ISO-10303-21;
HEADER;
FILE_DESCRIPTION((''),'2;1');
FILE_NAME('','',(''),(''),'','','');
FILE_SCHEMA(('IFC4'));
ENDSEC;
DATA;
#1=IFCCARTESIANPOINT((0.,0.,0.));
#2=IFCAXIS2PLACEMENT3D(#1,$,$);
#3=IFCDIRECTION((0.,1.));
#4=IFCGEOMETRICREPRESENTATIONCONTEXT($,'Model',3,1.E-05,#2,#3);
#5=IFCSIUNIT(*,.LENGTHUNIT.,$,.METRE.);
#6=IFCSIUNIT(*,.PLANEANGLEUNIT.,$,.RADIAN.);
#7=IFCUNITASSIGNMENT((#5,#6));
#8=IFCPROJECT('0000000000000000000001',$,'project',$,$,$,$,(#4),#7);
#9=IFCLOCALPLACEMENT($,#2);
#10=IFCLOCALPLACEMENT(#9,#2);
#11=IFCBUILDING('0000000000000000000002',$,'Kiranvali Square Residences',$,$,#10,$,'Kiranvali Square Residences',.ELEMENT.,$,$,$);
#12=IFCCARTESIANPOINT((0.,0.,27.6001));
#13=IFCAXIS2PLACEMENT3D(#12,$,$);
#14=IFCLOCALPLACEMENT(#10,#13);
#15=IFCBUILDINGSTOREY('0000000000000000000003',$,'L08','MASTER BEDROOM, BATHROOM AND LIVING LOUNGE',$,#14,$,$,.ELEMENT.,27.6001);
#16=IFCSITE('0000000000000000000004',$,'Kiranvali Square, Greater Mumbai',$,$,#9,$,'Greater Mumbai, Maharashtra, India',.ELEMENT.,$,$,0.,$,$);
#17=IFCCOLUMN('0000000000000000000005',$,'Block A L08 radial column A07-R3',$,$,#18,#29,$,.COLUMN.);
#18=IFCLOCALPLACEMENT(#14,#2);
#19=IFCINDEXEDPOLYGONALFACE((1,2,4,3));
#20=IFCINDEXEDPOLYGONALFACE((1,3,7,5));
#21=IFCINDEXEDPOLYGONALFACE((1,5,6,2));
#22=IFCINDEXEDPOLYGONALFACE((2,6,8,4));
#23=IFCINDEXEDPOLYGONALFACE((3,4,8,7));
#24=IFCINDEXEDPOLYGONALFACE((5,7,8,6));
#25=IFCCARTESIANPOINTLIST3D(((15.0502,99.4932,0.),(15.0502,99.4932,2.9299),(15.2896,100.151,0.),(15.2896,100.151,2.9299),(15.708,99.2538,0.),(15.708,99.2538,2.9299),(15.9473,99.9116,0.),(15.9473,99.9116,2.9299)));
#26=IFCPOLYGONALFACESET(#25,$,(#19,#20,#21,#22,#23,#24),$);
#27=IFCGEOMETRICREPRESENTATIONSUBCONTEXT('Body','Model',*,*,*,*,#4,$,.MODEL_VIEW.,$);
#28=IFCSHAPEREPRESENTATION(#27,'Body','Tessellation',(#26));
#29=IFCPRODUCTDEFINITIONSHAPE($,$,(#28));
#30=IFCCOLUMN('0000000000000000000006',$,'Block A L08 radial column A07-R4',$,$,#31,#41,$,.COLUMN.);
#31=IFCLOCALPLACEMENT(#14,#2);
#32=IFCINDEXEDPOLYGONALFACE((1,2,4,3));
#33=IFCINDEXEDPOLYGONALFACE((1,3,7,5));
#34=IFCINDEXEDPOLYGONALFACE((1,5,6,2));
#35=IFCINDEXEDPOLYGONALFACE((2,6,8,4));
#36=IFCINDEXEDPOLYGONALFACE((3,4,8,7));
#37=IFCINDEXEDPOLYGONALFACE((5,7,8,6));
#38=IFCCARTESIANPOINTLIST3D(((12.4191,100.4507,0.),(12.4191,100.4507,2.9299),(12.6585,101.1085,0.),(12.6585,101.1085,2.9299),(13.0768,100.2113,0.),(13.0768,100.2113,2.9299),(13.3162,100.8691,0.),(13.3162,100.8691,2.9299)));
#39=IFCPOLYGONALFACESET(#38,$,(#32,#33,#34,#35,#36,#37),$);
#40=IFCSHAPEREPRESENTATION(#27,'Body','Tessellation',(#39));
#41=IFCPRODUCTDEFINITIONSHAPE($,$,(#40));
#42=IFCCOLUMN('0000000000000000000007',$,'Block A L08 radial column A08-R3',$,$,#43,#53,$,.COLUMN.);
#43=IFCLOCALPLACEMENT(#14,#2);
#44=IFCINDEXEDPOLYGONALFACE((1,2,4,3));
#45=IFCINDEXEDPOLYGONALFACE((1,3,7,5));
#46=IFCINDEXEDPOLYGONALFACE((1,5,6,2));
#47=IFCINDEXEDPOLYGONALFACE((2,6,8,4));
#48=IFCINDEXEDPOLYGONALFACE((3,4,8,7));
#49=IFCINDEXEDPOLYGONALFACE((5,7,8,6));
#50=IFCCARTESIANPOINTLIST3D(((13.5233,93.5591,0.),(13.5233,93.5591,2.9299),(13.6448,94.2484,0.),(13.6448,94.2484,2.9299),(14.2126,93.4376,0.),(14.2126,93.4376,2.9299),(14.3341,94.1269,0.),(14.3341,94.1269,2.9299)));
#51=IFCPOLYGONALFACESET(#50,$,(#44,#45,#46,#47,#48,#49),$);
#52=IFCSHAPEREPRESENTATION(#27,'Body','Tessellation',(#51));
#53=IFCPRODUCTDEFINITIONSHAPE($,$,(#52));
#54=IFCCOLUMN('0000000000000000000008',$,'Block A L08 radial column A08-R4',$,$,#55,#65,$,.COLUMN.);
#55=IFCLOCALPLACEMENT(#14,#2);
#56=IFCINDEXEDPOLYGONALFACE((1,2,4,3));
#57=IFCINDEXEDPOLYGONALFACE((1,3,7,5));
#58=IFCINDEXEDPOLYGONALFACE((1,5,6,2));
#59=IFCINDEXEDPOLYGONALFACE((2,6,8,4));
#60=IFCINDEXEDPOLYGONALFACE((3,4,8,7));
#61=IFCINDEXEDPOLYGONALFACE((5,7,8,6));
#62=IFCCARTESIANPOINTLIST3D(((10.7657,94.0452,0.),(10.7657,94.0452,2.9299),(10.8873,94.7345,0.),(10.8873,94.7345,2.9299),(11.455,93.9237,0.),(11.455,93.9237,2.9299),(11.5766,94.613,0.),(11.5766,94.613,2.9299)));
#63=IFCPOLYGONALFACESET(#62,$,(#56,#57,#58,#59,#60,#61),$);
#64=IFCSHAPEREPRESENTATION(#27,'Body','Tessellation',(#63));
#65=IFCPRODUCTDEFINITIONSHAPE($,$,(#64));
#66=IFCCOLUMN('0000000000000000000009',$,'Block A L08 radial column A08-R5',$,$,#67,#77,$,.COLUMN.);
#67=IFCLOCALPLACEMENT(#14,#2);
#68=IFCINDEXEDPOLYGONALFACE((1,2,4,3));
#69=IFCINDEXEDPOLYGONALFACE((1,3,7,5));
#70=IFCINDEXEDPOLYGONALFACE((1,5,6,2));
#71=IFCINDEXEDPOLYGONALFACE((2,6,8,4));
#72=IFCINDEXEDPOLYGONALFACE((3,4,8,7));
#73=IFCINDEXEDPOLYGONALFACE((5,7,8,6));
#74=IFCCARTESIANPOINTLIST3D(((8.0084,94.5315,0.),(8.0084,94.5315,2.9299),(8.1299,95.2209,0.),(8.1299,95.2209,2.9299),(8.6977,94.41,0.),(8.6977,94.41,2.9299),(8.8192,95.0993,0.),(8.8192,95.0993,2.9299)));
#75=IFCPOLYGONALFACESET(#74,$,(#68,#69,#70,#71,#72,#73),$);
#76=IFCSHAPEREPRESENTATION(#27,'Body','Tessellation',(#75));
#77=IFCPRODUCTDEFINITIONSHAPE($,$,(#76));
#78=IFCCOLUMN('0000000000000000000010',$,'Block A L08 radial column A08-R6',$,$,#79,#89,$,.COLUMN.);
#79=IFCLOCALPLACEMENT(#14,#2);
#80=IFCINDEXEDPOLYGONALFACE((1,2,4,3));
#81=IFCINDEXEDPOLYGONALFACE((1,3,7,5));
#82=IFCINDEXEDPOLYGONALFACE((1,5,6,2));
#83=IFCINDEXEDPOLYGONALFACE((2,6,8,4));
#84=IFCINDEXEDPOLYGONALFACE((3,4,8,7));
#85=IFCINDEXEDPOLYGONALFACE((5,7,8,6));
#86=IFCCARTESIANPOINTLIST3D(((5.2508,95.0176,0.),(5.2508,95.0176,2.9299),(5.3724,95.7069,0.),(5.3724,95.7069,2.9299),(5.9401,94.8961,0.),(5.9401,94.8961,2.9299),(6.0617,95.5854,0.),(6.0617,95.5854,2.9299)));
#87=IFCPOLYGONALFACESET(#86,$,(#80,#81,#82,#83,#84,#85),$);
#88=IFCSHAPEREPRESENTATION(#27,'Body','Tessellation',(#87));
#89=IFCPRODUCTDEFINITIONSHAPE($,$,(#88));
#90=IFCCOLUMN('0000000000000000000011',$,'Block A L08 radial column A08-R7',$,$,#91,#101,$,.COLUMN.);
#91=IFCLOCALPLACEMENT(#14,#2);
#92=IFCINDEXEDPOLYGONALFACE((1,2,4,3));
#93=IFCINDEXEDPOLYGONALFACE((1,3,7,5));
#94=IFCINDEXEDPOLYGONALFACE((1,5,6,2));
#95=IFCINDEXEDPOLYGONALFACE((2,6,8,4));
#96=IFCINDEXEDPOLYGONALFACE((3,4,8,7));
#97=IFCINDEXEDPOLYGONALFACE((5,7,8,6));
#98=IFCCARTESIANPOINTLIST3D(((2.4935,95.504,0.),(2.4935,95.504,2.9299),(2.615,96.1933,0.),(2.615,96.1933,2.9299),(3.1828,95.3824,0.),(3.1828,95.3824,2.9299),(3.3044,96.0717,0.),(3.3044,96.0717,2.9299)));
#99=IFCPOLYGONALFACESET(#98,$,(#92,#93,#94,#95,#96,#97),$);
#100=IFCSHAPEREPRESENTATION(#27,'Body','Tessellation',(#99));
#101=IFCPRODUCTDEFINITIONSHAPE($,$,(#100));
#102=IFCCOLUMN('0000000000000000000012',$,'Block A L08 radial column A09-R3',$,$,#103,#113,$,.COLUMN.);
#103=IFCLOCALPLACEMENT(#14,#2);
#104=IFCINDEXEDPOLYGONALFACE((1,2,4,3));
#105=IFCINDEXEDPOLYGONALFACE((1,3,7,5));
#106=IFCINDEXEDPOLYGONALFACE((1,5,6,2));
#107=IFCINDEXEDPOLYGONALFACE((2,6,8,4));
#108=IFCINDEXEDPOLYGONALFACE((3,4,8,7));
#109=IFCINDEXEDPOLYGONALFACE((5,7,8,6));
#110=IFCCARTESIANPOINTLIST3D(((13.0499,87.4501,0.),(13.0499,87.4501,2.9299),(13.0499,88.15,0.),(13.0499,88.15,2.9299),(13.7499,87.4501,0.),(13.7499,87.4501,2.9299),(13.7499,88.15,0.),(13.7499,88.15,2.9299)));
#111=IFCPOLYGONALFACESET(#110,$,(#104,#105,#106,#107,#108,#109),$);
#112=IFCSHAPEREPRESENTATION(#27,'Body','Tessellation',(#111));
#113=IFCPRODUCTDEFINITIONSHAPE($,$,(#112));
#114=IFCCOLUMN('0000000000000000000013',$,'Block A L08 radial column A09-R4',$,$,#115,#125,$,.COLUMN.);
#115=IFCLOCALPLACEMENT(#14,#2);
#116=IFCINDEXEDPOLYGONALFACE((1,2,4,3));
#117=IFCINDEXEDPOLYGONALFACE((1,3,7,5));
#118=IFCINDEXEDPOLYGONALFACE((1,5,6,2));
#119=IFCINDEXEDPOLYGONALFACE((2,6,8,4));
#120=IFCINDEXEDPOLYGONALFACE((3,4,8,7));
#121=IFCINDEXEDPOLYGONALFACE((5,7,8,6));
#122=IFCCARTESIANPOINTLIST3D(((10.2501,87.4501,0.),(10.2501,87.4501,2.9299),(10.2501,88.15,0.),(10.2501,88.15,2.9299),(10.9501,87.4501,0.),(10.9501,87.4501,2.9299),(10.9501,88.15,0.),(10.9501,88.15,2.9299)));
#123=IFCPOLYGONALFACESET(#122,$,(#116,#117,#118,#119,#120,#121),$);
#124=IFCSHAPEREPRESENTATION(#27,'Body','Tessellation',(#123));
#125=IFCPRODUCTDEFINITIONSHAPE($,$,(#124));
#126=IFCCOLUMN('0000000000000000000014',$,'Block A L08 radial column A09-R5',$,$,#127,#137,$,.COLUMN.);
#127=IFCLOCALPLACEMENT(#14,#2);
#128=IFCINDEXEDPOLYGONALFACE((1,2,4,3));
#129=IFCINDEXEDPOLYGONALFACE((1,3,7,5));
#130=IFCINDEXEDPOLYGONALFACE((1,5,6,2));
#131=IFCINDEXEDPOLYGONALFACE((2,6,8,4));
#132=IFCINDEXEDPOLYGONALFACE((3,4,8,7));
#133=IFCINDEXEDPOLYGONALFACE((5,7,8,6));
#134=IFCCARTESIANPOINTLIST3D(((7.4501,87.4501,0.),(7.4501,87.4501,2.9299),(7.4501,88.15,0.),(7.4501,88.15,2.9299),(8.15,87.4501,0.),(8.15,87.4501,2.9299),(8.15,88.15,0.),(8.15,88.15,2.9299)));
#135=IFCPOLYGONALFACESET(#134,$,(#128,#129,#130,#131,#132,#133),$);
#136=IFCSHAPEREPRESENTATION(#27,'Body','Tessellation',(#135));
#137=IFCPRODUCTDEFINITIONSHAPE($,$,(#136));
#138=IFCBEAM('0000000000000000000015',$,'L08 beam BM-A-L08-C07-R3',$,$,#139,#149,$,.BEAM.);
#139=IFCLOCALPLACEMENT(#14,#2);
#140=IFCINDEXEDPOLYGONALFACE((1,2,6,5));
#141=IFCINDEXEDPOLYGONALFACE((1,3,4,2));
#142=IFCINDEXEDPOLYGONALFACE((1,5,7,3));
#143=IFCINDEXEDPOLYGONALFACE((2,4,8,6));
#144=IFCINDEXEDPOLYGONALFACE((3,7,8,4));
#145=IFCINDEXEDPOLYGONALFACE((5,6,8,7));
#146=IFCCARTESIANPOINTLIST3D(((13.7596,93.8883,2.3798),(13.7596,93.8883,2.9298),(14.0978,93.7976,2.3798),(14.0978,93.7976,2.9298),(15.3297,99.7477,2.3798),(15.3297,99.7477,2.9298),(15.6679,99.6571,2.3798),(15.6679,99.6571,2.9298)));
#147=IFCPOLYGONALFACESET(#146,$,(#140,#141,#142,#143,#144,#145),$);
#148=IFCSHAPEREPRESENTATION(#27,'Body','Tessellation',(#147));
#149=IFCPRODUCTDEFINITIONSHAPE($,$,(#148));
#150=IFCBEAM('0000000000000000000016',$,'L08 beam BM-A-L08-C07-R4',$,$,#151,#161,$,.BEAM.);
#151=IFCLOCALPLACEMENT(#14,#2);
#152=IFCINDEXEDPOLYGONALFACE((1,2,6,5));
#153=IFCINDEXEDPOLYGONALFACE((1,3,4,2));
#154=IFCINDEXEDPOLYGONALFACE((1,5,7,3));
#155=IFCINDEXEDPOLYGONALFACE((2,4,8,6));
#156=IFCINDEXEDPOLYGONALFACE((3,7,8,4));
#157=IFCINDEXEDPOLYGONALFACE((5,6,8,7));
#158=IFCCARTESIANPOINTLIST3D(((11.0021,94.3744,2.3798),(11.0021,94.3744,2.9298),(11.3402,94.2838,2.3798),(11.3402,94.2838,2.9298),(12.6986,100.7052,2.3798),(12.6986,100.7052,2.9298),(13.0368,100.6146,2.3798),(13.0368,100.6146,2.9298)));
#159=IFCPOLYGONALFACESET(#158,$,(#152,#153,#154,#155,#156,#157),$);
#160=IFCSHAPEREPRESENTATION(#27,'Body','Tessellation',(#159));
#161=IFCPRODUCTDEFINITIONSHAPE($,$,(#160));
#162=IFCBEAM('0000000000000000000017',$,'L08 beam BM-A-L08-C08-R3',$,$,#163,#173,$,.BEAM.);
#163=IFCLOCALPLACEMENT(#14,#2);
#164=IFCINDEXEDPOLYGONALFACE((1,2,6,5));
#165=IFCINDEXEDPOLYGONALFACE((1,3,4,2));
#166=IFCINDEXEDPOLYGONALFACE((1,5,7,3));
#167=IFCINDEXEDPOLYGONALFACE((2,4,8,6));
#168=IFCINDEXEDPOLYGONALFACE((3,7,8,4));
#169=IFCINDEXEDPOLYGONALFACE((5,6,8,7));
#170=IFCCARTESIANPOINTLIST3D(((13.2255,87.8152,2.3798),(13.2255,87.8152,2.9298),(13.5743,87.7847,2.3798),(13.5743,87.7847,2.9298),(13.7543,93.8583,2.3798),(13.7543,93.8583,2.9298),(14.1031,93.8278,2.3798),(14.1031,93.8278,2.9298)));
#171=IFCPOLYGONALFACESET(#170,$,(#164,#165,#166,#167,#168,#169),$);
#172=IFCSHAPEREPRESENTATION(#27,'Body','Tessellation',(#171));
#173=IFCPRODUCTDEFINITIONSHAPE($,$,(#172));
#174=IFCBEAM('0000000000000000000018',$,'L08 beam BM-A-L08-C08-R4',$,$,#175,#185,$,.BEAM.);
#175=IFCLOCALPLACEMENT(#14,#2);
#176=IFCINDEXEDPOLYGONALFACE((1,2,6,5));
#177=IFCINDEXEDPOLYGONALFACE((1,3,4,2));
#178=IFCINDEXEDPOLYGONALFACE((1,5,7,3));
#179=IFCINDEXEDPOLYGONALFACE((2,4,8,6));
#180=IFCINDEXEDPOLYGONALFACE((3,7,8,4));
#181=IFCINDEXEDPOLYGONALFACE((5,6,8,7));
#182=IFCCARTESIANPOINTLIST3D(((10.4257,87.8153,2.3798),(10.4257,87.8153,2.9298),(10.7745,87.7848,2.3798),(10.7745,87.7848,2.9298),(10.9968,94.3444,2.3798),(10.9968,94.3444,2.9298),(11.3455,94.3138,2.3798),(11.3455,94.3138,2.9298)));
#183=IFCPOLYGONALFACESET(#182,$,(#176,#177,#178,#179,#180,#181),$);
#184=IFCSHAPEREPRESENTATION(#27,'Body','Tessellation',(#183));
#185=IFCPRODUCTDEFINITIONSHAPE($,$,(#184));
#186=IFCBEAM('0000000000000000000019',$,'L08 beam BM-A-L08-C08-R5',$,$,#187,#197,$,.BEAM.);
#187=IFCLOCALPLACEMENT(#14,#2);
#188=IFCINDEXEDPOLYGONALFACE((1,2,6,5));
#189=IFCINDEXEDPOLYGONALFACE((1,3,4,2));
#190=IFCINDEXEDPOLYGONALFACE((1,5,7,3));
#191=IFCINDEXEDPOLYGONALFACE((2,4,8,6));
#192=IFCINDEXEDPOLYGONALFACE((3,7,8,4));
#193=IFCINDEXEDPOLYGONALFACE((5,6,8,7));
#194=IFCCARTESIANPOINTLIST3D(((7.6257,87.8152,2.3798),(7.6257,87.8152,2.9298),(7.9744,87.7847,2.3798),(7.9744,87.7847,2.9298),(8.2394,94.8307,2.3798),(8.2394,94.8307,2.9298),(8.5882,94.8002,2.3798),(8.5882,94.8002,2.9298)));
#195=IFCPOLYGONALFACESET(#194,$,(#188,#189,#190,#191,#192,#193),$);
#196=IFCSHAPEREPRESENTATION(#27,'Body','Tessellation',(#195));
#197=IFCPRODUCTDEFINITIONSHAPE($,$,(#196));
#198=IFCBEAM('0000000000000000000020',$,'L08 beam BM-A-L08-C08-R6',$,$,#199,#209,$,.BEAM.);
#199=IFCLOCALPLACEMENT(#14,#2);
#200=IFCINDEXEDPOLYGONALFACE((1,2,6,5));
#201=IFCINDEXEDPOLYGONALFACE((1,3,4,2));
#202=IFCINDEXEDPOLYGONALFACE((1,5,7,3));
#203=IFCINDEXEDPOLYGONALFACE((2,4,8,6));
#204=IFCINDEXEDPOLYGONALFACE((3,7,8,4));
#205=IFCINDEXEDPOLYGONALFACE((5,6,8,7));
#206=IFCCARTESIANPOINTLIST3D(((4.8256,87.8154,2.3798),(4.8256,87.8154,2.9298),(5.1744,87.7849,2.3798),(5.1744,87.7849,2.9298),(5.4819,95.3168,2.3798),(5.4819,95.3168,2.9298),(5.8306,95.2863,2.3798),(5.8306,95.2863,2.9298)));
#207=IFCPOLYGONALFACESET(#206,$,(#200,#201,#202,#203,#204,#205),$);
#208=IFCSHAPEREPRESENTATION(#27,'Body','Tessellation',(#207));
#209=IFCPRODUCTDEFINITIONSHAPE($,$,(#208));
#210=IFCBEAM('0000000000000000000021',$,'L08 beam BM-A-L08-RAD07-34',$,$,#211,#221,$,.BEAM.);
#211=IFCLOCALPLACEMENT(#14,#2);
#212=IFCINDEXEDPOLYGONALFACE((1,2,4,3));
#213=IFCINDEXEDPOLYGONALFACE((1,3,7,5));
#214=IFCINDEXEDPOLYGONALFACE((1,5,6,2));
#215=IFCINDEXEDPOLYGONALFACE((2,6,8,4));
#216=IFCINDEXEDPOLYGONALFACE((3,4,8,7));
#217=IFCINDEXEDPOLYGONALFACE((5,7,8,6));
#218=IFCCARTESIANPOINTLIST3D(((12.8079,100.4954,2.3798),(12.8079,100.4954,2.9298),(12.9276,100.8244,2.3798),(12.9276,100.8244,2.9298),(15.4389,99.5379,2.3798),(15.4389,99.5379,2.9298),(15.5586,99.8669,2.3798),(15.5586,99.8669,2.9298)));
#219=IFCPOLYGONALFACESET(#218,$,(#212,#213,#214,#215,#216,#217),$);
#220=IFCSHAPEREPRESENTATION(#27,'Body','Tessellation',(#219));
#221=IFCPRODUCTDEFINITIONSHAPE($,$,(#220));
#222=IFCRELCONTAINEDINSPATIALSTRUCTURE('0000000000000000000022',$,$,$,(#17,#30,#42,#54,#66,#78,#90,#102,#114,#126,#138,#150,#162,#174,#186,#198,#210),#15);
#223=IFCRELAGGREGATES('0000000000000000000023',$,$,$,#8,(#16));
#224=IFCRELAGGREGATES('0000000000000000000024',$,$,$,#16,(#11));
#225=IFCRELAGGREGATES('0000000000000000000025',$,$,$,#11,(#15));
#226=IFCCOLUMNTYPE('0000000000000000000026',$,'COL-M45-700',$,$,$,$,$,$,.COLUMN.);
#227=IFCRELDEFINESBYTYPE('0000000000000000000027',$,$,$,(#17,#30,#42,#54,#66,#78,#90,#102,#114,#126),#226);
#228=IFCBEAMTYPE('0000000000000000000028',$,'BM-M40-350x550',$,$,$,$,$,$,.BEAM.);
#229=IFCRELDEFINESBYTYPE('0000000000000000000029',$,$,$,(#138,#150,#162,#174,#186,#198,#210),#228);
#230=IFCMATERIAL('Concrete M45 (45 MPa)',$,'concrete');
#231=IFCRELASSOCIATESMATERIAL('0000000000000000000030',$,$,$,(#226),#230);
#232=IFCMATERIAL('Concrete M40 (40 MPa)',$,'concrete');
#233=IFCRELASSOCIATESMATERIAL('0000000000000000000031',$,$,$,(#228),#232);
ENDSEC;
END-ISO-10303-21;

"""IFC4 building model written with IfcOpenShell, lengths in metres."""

from ifc_helpers import new_model, si_unit, direction, frame, origin, origin_2d, place, context, subcontext, project, spatial, rectangle, extrude, material, material_profile, profile_set, type_object, element, save


model = new_model("IFC4")

# Units and contexts
model_context = context("Model", 3, precision=1e-05, world=origin(), true_north=direction((0.0, 1.0)))
body_context = subcontext(model_context, "Body", "Model", "MODEL_VIEW")
ifc_project = project(units=[si_unit("LENGTHUNIT", "METRE"), si_unit("PLANEANGLEUNIT", "RADIAN")], contexts=[model_context])

# Site, building, storey
site_placement = place(None, origin())
site = spatial("IfcSite", under=ifc_project, at=site_placement, Name="Kiranvali Square, Greater Mumbai", LongName="Greater Mumbai, Maharashtra, India", CompositionType="ELEMENT", RefElevation=0.0)
building_placement = place(site_placement, origin())
building = spatial("IfcBuilding", under=site, at=building_placement, Name="Kiranvali Square Residences", LongName="Kiranvali Square Residences", CompositionType="ELEMENT")
storey_placement = place(building_placement, frame((0.0, 0.0, 27.6001)))
storey = spatial("IfcBuildingStorey", under=building, at=storey_placement, Name="L08", Description="MASTER BEDROOM, BATHROOM AND LIVING LOUNGE", CompositionType="ELEMENT", Elevation=27.6001)

# Columns
ifc_material_1 = material(Name="Concrete M45 (45 MPa)", Category="concrete")
ifc_material_profile_1 = material_profile(ifc_material_1, rectangle(XDim=0.7, YDim=0.7, at=origin_2d()), Name="RC 700x700")
ifc_profile_set_1 = profile_set([ifc_material_profile_1], Name="Concrete M45 (45 MPa)")
column_type = type_object("IfcColumnType", Name="COL-M45-700", PredefinedType="COLUMN", material=ifc_profile_set_1)
for number, where, z_axis, x_axis, name in (
    (1, (15.4988, 99.7024, 0.0), (0.0, 0.0, 1.0), (0.34202, 0.939693, 0.0), "Block A L08 radial column A07-R3"),
    (2, (12.8677, 100.6599, 0.0), (0.0, 0.0, 1.0), (0.34202, 0.939693, 0.0), "Block A L08 radial column A07-R4"),
    (3, (13.9287, 93.843, 0.0), (0.0, 0.0, 1.0), (0.173648, 0.984808, 0.0), "Block A L08 radial column A08-R3"),
    (4, (11.1711, 94.3291, 0.0), (0.0, 0.0, 1.0), (0.173648, 0.984808, 0.0), "Block A L08 radial column A08-R4"),
    (5, (8.4138, 94.8154, 0.0), (0.0, 0.0, 1.0), (0.173648, 0.984808, 0.0), "Block A L08 radial column A08-R5"),
    (6, (5.6562, 95.3015, 0.0), (0.0, 0.0, 1.0), (0.173648, 0.984808, 0.0), "Block A L08 radial column A08-R6"),
    (7, (2.8989, 95.7878, 0.0), (0.0, 0.0, 1.0), (0.173648, 0.984808, 0.0), "Block A L08 radial column A08-R7"),
    (8, (13.3999, 87.8, 0.0), (0.0, 0.0, 1.0), (0.0, 1.0, 0.0), "Block A L08 radial column A09-R3"),
    (9, (10.6001, 87.8, 0.0), (0.0, 0.0, 1.0), (0.0, 1.0, 0.0), "Block A L08 radial column A09-R4"),
    (10, (7.8, 87.8, 0.0), (0.0, 0.0, 1.0), (0.0, 1.0, 0.0), "Block A L08 radial column A09-R5"),
):
    element("IfcColumn", number, at=place(storey_placement, frame(where, z_axis=z_axis, x_axis=x_axis)), inside=storey, type_object=column_type, Name=name, PredefinedType="COLUMN", context=body_context, shape_type="SweptSolid", body=[
        extrude(rectangle(XDim=0.7, YDim=0.7, at=origin_2d()), origin(), (0.0, 0.0, 1.0), 2.9299),
    ])

# Beams
ifc_material_2 = material(Name="Concrete M40 (40 MPa)", Category="concrete")
ifc_material_profile_2 = material_profile(ifc_material_2, rectangle(XDim=0.3501, YDim=0.55, at=origin_2d()), Name="RC 350x550")
ifc_profile_set_2 = profile_set([ifc_material_profile_2], Name="Concrete M40 (40 MPa)")
beam_type_1 = type_object("IfcBeamType", Name="BM-M40-350x550", PredefinedType="BEAM", material=ifc_profile_set_2)
beam_1_placement = place(storey_placement, frame((15.4988, 99.7024, 2.6548), z_axis=(-0.258827, -0.965924, 0.0), x_axis=(0.965924, -0.258827, 0.0)))
element("IfcBeam", 11, at=beam_1_placement, inside=storey, type_object=beam_type_1, Name="L08 beam BM-A-L08-C07-R3", PredefinedType="BEAM", context=body_context, shape_type="SweptSolid", body=[
    extrude(rectangle(XDim=0.3501, YDim=0.55, at=origin_2d()), origin(), (0.0, 0.0, 1.0), 6.0662),
])
beam_2_placement = place(storey_placement, frame((12.8677, 100.6599, 2.6548), z_axis=(-0.258847, -0.965918, 0.0), x_axis=(0.965918, -0.258847, 0.0)))
element("IfcBeam", 12, at=beam_2_placement, inside=storey, type_object=beam_type_1, Name="L08 beam BM-A-L08-C07-R4", PredefinedType="BEAM", context=body_context, shape_type="SweptSolid", body=[
    extrude(rectangle(XDim=0.3501, YDim=0.55, at=origin_2d()), origin(), (0.0, 0.0, 1.0), 6.5542),
])
beam_3_placement = place(storey_placement, frame((13.9287, 93.843, 2.6548), z_axis=(-0.087175, -0.996193, 0.0), x_axis=(0.996193, -0.087175, 0.0)))
element("IfcBeam", 13, at=beam_3_placement, inside=storey, type_object=beam_type_1, Name="L08 beam BM-A-L08-C08-R3", PredefinedType="BEAM", context=body_context, shape_type="SweptSolid", body=[
    extrude(rectangle(XDim=0.3501, YDim=0.55, at=origin_2d()), origin(), (0.0, 0.0, 1.0), 6.0662),
])
beam_4_placement = place(storey_placement, frame((11.1711, 94.3291, 2.6548), z_axis=(-0.08713, -0.996197, 0.0), x_axis=(0.996197, -0.08713, 0.0)))
element("IfcBeam", 14, at=beam_4_placement, inside=storey, type_object=beam_type_1, Name="L08 beam BM-A-L08-C08-R4", PredefinedType="BEAM", context=body_context, shape_type="SweptSolid", body=[
    extrude(rectangle(XDim=0.3501, YDim=0.55, at=origin_2d()), origin(), (0.0, 0.0, 1.0), 6.554),
])
beam_5_placement = place(storey_placement, frame((8.4138, 94.8154, 2.6548), z_axis=(-0.087156, -0.996195, 0.0), x_axis=(0.996195, -0.087156, 0.0)))
element("IfcBeam", 15, at=beam_5_placement, inside=storey, type_object=beam_type_1, Name="L08 beam BM-A-L08-C08-R5", PredefinedType="BEAM", context=body_context, shape_type="SweptSolid", body=[
    extrude(rectangle(XDim=0.3501, YDim=0.55, at=origin_2d()), origin(), (0.0, 0.0, 1.0), 7.0422),
])
beam_6_placement = place(storey_placement, frame((5.6562, 95.3015, 2.6548), z_axis=(-0.08715, -0.996195, 0.0), x_axis=(0.996195, -0.08715, 0.0)))
element("IfcBeam", 16, at=beam_6_placement, inside=storey, type_object=beam_type_1, Name="L08 beam BM-A-L08-C08-R6", PredefinedType="BEAM", context=body_context, shape_type="SweptSolid", body=[
    extrude(rectangle(XDim=0.3501, YDim=0.55, at=origin_2d()), origin(), (0.0, 0.0, 1.0), 7.53),
])
beam_7_placement = place(storey_placement, frame((15.4988, 99.7024, 2.6548), z_axis=(-0.939707, 0.341981, 0.0), x_axis=(-0.341981, -0.939707, 0.0)))
element("IfcBeam", 17, at=beam_7_placement, inside=storey, type_object=beam_type_1, Name="L08 beam BM-A-L08-RAD07-34", PredefinedType="BEAM", context=body_context, shape_type="SweptSolid", body=[
    extrude(rectangle(XDim=0.3501, YDim=0.55, at=origin_2d()), origin(), (0.0, 0.0, 1.0), 2.7998),
])

save(model, "model.ifc")
